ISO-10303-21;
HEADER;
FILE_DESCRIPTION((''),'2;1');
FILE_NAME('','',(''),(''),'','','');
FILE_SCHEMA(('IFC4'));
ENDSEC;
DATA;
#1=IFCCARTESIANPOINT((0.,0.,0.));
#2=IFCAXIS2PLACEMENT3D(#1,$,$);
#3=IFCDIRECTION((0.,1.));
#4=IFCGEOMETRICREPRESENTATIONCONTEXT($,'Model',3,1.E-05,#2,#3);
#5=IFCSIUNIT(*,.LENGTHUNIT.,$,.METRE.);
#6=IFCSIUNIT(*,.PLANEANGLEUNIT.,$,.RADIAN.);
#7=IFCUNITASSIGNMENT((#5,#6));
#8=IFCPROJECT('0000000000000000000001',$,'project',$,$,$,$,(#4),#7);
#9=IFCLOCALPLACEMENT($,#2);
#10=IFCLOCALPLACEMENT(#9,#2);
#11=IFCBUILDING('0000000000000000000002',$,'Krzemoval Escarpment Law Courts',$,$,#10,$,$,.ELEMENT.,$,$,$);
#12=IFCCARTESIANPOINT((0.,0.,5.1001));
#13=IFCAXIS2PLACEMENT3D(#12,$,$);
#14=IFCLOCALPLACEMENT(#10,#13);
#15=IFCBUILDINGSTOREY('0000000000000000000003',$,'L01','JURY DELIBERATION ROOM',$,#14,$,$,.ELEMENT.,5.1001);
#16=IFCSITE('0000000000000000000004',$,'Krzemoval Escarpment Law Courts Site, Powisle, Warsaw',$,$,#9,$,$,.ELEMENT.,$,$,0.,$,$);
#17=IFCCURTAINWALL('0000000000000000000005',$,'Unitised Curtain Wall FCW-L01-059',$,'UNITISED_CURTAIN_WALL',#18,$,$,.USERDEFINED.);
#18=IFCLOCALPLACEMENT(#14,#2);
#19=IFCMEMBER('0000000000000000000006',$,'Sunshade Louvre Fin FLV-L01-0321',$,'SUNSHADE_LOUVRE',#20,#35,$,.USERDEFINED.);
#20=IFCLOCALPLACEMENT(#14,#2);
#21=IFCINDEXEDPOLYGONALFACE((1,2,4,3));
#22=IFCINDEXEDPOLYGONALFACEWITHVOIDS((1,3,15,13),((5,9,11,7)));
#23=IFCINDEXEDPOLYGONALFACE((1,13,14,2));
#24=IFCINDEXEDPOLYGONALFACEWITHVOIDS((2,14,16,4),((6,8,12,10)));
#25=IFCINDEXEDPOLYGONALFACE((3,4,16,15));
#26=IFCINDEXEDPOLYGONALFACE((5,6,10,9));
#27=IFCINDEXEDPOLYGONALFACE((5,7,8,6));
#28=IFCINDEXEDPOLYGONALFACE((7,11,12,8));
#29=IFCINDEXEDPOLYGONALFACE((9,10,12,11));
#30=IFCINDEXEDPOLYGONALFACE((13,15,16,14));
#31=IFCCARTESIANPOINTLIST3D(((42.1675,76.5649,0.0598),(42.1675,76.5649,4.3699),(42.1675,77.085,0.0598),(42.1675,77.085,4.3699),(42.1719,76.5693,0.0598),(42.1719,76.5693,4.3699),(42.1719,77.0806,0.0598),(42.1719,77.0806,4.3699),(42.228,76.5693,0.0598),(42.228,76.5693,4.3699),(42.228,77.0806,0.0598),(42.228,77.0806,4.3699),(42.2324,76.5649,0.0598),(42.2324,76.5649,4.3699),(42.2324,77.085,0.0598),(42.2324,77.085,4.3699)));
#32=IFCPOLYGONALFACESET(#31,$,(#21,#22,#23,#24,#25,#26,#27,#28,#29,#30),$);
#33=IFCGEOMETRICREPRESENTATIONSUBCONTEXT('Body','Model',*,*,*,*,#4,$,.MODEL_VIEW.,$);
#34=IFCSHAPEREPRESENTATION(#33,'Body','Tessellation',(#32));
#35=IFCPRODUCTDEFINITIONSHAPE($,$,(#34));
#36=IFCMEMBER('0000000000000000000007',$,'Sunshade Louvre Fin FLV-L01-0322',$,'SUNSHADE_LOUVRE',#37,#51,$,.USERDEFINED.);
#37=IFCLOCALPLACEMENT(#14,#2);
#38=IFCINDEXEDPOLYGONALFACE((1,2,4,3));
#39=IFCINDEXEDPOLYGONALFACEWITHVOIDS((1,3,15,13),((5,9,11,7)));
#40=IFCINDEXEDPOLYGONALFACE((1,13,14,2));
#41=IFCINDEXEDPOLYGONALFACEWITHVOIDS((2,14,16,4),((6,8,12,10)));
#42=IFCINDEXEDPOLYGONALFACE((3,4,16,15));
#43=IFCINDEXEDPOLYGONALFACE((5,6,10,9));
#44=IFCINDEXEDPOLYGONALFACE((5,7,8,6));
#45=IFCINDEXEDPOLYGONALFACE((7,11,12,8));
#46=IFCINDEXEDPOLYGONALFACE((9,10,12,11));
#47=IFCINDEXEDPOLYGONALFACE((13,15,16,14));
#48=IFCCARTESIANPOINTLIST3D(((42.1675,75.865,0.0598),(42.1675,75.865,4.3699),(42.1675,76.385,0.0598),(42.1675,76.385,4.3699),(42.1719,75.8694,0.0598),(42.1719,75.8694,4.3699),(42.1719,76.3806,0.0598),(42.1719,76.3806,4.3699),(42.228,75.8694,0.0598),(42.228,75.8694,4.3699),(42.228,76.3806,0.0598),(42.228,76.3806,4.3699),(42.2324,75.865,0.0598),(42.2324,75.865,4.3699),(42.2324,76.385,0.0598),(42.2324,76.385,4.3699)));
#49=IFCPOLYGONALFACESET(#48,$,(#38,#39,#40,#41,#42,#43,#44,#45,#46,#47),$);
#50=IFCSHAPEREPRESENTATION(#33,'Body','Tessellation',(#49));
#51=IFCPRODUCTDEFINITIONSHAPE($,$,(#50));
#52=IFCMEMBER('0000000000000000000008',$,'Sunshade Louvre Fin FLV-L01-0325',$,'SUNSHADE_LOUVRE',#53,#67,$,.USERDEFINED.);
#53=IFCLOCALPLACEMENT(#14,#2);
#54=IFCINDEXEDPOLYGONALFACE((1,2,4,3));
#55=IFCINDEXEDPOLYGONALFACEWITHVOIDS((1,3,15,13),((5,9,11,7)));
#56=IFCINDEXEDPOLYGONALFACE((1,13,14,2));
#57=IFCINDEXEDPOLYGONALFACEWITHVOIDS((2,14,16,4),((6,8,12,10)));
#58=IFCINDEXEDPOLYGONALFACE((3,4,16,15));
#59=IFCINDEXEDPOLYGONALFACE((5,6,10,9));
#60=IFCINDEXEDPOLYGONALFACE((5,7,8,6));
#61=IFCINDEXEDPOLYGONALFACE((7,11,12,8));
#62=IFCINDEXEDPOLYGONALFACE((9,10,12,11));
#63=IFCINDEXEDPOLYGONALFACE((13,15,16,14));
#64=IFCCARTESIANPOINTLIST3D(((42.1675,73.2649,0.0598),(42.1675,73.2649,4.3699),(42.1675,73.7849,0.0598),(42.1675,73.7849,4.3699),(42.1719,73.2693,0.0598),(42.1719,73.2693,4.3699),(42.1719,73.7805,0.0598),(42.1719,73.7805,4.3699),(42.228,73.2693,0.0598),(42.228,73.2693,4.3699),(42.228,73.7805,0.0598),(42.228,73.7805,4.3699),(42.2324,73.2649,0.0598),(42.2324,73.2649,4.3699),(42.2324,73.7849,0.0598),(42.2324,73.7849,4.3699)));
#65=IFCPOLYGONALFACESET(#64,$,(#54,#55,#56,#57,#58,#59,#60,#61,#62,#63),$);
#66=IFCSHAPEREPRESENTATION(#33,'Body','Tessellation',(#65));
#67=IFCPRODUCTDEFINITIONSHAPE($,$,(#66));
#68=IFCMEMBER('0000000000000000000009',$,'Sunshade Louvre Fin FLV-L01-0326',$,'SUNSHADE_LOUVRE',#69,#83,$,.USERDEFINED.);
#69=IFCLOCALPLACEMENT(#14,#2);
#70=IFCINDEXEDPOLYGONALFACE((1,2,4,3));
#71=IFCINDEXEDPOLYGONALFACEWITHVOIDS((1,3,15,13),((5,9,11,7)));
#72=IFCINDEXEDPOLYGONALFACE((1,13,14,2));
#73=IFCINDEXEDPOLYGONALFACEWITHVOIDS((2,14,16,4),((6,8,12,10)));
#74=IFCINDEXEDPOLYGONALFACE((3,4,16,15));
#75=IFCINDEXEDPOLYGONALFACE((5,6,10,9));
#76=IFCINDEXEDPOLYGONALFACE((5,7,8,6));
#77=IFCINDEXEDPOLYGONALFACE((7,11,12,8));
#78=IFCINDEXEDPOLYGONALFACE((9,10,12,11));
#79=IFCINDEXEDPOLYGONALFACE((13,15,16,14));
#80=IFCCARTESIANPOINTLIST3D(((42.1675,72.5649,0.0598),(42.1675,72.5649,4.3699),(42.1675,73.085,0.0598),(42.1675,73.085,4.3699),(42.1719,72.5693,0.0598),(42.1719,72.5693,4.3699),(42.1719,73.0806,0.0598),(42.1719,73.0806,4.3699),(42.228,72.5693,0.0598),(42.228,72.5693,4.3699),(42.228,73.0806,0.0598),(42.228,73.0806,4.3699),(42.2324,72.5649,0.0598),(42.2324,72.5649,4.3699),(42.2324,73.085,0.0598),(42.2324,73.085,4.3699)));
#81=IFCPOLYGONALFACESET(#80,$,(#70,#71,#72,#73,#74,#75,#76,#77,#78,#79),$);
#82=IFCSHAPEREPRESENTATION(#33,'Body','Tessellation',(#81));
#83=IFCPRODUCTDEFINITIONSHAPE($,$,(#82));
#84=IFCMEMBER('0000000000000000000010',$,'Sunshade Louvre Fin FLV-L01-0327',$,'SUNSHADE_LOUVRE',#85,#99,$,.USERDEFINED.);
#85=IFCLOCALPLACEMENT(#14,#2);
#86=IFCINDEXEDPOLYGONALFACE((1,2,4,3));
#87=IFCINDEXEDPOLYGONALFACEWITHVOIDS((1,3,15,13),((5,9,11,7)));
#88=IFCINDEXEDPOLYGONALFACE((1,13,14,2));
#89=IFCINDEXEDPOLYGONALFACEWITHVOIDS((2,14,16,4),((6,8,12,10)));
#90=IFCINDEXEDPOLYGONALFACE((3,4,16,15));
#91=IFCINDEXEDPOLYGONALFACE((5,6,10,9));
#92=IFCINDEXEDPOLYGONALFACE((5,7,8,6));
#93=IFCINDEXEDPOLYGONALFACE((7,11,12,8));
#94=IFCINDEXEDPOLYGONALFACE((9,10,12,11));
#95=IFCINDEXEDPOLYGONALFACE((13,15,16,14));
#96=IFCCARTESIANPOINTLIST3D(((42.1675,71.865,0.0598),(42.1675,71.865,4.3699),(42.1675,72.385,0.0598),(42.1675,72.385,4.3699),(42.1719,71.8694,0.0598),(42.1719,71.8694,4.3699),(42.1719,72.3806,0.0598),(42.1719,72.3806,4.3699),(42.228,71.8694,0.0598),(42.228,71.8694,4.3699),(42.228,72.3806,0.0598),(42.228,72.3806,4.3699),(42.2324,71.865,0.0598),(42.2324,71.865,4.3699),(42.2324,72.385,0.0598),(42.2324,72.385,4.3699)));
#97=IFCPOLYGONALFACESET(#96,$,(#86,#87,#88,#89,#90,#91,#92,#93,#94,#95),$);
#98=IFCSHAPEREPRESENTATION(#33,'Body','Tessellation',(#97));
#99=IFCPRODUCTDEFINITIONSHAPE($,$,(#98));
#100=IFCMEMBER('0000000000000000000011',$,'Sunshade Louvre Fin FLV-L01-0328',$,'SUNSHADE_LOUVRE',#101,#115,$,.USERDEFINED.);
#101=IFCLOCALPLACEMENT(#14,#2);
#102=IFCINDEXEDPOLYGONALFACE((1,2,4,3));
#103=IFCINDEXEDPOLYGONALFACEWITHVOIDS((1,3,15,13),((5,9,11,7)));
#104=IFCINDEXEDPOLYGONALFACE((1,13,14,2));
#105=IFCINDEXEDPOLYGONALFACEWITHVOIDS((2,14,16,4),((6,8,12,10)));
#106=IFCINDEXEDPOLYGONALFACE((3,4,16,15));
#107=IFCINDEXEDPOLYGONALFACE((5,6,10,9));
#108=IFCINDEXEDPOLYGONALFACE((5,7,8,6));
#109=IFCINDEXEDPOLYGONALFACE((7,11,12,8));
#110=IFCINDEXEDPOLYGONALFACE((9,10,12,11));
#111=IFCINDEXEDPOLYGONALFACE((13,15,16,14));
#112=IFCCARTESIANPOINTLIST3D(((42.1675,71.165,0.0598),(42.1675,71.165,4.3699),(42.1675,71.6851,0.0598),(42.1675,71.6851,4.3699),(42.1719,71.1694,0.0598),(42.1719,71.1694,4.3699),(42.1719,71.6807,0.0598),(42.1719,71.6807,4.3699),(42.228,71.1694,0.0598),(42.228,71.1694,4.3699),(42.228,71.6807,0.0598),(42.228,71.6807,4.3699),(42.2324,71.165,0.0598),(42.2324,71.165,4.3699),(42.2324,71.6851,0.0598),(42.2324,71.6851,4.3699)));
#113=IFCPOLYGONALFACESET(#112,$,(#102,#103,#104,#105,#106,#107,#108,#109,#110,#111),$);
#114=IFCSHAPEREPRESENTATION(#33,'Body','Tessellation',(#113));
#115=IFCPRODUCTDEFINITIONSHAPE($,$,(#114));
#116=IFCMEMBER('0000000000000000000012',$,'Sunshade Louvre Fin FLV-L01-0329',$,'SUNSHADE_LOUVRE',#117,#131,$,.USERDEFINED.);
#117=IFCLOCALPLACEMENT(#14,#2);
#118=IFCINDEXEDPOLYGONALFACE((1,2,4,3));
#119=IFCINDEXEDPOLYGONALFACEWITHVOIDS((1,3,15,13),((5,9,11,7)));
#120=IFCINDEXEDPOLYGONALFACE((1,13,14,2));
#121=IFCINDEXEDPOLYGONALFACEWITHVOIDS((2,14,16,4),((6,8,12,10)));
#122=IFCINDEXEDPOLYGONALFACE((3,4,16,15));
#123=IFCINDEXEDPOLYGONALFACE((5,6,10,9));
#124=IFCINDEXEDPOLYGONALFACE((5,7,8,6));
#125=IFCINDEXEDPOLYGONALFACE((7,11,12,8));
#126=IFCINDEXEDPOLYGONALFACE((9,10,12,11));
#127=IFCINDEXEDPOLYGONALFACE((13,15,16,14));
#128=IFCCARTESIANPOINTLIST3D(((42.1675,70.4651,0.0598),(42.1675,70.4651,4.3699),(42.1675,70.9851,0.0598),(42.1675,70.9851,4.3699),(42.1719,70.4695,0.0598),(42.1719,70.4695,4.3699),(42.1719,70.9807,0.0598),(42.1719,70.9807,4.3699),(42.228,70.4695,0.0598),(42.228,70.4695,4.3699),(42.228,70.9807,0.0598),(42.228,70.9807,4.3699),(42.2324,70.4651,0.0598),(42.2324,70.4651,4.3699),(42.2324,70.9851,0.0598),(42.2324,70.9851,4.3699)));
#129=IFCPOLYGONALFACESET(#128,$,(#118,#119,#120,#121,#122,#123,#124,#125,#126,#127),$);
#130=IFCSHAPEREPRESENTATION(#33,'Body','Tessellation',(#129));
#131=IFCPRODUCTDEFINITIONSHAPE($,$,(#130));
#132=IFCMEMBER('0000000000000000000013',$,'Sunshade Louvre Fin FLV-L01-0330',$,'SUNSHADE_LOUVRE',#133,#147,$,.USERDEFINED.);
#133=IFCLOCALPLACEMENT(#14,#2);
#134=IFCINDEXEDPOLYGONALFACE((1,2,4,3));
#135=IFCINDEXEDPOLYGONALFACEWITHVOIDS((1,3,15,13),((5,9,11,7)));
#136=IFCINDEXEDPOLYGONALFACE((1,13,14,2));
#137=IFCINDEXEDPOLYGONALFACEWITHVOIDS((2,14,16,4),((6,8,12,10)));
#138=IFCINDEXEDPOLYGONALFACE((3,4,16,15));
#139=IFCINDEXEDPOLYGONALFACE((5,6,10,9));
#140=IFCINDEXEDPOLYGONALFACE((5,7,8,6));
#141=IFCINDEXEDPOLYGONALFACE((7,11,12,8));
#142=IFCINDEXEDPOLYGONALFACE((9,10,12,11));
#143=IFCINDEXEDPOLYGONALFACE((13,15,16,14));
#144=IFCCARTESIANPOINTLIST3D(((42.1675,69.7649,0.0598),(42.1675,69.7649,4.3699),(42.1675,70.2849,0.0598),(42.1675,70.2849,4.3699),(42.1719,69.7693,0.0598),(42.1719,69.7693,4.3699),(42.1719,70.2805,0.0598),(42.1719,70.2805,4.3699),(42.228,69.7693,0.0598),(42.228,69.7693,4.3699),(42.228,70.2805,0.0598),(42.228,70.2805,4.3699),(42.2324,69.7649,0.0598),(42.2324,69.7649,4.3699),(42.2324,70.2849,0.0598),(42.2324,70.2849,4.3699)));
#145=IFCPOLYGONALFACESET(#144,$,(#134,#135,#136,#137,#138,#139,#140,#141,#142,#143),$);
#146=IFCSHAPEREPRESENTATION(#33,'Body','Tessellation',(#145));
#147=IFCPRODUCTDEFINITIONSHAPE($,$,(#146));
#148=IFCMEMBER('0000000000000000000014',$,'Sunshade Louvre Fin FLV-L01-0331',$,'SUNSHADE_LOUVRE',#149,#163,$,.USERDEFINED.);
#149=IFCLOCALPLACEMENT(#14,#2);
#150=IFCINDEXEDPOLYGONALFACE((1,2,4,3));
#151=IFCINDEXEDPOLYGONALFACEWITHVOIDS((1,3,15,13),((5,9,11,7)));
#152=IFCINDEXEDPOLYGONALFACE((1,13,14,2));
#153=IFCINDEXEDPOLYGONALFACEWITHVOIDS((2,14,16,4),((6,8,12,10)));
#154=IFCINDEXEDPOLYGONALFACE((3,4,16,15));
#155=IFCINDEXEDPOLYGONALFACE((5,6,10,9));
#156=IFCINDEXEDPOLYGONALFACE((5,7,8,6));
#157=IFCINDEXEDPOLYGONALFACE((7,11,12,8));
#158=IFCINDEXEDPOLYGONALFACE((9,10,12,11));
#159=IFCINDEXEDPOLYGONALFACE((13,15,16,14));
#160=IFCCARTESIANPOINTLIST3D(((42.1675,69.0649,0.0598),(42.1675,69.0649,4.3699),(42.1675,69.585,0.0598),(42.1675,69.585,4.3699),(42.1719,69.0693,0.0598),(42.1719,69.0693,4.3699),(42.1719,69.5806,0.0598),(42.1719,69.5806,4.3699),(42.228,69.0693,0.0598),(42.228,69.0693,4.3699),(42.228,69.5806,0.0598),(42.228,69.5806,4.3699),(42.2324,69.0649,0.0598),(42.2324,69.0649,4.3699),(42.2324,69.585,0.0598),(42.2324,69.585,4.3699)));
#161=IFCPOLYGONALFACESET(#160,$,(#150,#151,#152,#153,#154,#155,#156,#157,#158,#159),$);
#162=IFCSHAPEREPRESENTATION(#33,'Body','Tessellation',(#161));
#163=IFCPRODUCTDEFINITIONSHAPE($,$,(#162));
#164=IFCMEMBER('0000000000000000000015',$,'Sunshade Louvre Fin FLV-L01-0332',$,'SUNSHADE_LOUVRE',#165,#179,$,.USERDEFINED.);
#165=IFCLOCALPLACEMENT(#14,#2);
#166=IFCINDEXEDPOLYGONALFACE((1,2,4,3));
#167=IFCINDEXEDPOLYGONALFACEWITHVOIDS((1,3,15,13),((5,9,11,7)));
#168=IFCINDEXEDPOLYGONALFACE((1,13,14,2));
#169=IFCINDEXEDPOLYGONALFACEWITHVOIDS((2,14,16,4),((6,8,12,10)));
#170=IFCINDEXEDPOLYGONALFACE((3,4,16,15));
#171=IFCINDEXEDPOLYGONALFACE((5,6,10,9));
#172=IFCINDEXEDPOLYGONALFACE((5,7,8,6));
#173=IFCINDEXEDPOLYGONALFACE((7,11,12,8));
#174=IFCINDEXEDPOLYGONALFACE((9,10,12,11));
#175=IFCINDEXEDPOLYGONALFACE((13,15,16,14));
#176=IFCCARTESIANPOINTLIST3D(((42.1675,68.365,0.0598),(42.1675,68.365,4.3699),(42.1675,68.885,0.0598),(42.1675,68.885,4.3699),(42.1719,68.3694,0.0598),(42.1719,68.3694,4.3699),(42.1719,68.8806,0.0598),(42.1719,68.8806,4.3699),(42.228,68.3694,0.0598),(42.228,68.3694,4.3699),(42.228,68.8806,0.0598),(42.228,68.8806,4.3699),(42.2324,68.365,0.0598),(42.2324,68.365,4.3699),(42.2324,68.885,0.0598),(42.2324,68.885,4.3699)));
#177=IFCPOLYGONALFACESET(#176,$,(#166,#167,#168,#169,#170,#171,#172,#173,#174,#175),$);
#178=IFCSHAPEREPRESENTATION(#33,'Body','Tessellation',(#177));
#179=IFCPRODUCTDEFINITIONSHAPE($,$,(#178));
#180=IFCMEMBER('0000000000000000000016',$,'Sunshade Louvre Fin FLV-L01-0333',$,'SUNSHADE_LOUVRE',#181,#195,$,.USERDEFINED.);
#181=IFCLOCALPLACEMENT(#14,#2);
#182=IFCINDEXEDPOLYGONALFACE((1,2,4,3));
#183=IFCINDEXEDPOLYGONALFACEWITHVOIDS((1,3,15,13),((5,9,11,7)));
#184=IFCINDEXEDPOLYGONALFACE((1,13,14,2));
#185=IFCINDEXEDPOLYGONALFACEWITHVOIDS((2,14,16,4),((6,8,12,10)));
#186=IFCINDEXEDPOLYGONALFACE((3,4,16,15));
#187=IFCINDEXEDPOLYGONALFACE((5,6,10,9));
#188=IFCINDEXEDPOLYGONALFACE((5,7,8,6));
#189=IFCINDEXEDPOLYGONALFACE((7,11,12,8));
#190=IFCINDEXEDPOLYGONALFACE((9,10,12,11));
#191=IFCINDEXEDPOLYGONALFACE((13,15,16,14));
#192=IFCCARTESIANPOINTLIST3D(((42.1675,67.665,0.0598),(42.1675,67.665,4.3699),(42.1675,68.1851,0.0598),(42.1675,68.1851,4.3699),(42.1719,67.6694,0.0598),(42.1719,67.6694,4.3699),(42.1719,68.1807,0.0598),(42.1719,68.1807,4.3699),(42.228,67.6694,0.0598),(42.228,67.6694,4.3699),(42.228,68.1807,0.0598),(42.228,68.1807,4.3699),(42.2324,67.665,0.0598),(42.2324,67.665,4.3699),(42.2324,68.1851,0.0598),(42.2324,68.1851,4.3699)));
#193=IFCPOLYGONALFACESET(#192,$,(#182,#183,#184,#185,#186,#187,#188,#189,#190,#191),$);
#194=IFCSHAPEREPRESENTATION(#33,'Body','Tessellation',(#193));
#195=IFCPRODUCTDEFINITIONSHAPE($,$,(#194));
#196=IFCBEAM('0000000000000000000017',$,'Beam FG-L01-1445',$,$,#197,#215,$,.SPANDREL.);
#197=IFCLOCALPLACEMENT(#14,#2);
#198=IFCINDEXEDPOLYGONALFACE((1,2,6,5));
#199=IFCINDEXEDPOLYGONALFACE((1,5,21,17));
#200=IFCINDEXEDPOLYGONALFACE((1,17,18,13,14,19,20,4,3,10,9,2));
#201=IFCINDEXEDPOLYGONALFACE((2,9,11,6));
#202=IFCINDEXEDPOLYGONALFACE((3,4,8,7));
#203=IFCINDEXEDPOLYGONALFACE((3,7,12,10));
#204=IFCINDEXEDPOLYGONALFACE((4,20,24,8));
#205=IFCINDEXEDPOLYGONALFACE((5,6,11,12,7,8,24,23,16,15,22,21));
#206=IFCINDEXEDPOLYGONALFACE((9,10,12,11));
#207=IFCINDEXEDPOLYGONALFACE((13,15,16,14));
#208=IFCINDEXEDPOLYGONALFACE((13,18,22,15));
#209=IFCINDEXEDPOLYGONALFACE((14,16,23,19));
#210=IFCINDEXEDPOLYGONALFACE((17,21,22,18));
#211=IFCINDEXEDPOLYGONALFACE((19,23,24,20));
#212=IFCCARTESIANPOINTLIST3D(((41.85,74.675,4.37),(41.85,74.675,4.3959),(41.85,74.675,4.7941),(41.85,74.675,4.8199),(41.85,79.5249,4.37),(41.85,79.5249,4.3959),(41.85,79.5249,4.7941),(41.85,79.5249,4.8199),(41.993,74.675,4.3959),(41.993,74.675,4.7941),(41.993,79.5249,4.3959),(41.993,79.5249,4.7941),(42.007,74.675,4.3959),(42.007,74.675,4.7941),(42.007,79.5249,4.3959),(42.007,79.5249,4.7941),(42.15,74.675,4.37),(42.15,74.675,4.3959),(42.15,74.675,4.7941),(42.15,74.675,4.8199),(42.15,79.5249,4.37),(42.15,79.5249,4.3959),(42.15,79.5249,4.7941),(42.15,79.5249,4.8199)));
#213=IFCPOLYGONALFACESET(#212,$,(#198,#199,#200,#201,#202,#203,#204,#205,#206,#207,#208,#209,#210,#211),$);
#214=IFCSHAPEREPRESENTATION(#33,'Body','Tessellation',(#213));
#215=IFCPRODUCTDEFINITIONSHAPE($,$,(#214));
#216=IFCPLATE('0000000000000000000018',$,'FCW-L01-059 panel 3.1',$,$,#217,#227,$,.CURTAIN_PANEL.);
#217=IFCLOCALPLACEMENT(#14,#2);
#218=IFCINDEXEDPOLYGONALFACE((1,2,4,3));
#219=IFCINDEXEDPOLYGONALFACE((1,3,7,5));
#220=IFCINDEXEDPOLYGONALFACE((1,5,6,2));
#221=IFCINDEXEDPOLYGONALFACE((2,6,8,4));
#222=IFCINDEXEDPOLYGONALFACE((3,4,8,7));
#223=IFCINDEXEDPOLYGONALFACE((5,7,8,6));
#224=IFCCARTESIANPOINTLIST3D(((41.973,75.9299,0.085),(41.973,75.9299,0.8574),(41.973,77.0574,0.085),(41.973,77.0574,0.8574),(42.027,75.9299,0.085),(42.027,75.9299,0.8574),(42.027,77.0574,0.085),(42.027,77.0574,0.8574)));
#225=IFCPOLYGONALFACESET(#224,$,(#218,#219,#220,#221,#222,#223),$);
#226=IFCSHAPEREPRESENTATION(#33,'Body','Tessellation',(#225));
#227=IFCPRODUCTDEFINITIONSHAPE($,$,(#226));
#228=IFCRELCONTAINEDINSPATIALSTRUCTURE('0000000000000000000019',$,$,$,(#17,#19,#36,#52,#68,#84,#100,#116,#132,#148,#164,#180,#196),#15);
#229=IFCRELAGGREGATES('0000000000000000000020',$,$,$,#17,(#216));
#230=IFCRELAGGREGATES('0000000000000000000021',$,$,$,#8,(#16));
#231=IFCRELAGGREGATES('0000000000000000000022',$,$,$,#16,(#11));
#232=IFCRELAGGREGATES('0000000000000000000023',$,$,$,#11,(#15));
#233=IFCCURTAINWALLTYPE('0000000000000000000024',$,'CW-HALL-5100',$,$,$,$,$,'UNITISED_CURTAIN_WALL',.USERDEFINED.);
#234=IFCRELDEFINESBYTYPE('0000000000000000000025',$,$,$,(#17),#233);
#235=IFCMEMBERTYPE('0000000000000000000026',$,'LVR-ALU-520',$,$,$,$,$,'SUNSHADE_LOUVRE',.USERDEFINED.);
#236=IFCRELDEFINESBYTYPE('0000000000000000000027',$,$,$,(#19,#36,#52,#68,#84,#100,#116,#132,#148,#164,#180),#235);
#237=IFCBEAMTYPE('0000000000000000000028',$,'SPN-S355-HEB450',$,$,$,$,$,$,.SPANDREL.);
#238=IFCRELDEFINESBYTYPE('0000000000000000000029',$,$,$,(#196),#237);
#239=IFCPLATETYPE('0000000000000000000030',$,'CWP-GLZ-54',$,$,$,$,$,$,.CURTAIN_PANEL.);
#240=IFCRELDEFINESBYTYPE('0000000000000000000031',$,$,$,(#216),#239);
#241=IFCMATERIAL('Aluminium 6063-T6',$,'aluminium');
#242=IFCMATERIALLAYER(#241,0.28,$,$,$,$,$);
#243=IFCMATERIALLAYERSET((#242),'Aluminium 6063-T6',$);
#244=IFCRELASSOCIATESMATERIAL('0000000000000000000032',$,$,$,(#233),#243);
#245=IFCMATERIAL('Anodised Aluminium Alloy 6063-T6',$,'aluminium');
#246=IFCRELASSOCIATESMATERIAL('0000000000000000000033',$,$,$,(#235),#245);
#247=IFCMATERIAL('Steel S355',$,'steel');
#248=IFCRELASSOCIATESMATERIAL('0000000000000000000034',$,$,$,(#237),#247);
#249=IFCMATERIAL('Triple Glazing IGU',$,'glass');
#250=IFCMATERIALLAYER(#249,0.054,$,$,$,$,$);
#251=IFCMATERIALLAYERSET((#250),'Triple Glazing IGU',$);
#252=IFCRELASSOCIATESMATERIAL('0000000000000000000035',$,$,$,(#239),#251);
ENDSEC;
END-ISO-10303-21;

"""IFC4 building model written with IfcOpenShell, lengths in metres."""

from ifc_helpers import new_model, si_unit, direction, frame, origin, origin_2d, place, context, subcontext, project, spatial, rectangle, hollow_rectangle, i_section, extrude, material, layer, layer_set, material_profile, profile_set, type_object, element, aggregate, save


model = new_model("IFC4")

# Units and contexts
model_context = context("Model", 3, precision=1e-05, world=origin(), true_north=direction((0.0, 1.0)))
body_context = subcontext(model_context, "Body", "Model", "MODEL_VIEW")
ifc_project = project(units=[si_unit("LENGTHUNIT", "METRE"), si_unit("PLANEANGLEUNIT", "RADIAN")], contexts=[model_context])

# Site, building, storey
site_placement = place(None, origin())
site = spatial("IfcSite", under=ifc_project, at=site_placement, Name="Krzemoval Escarpment Law Courts Site, Powisle, Warsaw", CompositionType="ELEMENT", RefElevation=0.0)
building_placement = place(site_placement, origin())
building = spatial("IfcBuilding", under=site, at=building_placement, Name="Krzemoval Escarpment Law Courts", CompositionType="ELEMENT")
storey_placement = place(building_placement, frame((0.0, 0.0, 5.1001)))
storey = spatial("IfcBuildingStorey", under=building, at=storey_placement, Name="L01", Description="JURY DELIBERATION ROOM", CompositionType="ELEMENT", Elevation=5.1001)

# Curtain wall
ifc_material_1 = material(Name="Aluminium 6063-T6", Category="aluminium")
ifc_layer_1 = layer(ifc_material_1, 0.28)
ifc_layer_set_1 = layer_set([ifc_layer_1], Name="Aluminium 6063-T6")
curtain_wall_type = type_object("IfcCurtainWallType", Name="CW-HALL-5100", ElementType="UNITISED_CURTAIN_WALL", PredefinedType="USERDEFINED", material=ifc_layer_set_1)
curtain_wall_1_placement = place(storey_placement, origin())
curtain_wall_1 = element("IfcCurtainWall", 1, at=curtain_wall_1_placement, inside=storey, type_object=curtain_wall_type, Name="Unitised Curtain Wall FCW-L01-059", ObjectType="UNITISED_CURTAIN_WALL", PredefinedType="USERDEFINED")

# Members
ifc_material_2 = material(Name="Anodised Aluminium Alloy 6063-T6", Category="aluminium")
ifc_material_profile_1 = material_profile(ifc_material_2, hollow_rectangle(XDim=0.0649, YDim=0.52, WallThickness=0.0044, at=origin_2d()), Name="ALU LVR 65x520")
ifc_profile_set_1 = profile_set([ifc_material_profile_1], Name="Anodised Aluminium Alloy 6063-T6")
member_type_1 = type_object("IfcMemberType", Name="LVR-ALU-520", ElementType="SUNSHADE_LOUVRE", PredefinedType="USERDEFINED", material=ifc_profile_set_1)
for number, where, z_axis, x_axis, name in (
    (2, (42.2, 76.825, 0.0598), (0.0, 0.0, 1.0), (1.0, 0.0, 0.0), "Sunshade Louvre Fin FLV-L01-0321"),
    (3, (42.2, 76.125, 0.0598), (0.0, 0.0, 1.0), (1.0, 0.0, 0.0), "Sunshade Louvre Fin FLV-L01-0322"),
    (4, (42.2, 73.5249, 0.0598), (0.0, 0.0, 1.0), (1.0, 0.0, 0.0), "Sunshade Louvre Fin FLV-L01-0325"),
    (5, (42.2, 72.825, 0.0598), (0.0, 0.0, 1.0), (1.0, 0.0, 0.0), "Sunshade Louvre Fin FLV-L01-0326"),
    (6, (42.2, 72.125, 0.0598), (0.0, 0.0, 1.0), (1.0, 0.0, 0.0), "Sunshade Louvre Fin FLV-L01-0327"),
    (7, (42.2, 71.425, 0.0598), (0.0, 0.0, 1.0), (1.0, 0.0, 0.0), "Sunshade Louvre Fin FLV-L01-0328"),
    (8, (42.2, 70.7251, 0.0598), (0.0, 0.0, 1.0), (1.0, 0.0, 0.0), "Sunshade Louvre Fin FLV-L01-0329"),
    (9, (42.2, 70.0249, 0.0598), (0.0, 0.0, 1.0), (1.0, 0.0, 0.0), "Sunshade Louvre Fin FLV-L01-0330"),
    (10, (42.2, 69.325, 0.0598), (0.0, 0.0, 1.0), (1.0, 0.0, 0.0), "Sunshade Louvre Fin FLV-L01-0331"),
    (11, (42.2, 68.625, 0.0598), (0.0, 0.0, 1.0), (1.0, 0.0, 0.0), "Sunshade Louvre Fin FLV-L01-0332"),
    (12, (42.2, 67.925, 0.0598), (0.0, 0.0, 1.0), (1.0, 0.0, 0.0), "Sunshade Louvre Fin FLV-L01-0333"),
):
    element("IfcMember", number, at=place(storey_placement, frame(where, z_axis=z_axis, x_axis=x_axis)), inside=storey, type_object=member_type_1, Name=name, ObjectType="SUNSHADE_LOUVRE", PredefinedType="USERDEFINED", context=body_context, shape_type="SweptSolid", body=[
        extrude(hollow_rectangle(XDim=0.0649, YDim=0.52, WallThickness=0.0044, at=origin_2d()), origin(), (0.0, 0.0, 1.0), 4.3101),
    ])

# Beam
ifc_material_3 = material(Name="Steel S355", Category="steel")
ifc_material_profile_2 = material_profile(ifc_material_3, i_section(OverallWidth=0.3, OverallDepth=0.45, WebThickness=0.0139, FlangeThickness=0.0259, at=origin_2d()), Name="HEB 450")
ifc_profile_set_2 = profile_set([ifc_material_profile_2], Name="Steel S355")
beam_type = type_object("IfcBeamType", Name="SPN-S355-HEB450", PredefinedType="SPANDREL", material=ifc_profile_set_2)
beam_placement = place(storey_placement, frame((42.0, 74.675, 4.595), z_axis=(0.0, 1.0, 0.0), x_axis=(-1.0, 0.0, 0.0)))
element("IfcBeam", 13, at=beam_placement, inside=storey, type_object=beam_type, Name="Beam FG-L01-1445", PredefinedType="SPANDREL", context=body_context, shape_type="SweptSolid", body=[
    extrude(i_section(OverallWidth=0.3, OverallDepth=0.45, WebThickness=0.0139, FlangeThickness=0.0259, at=origin_2d()), origin(), (0.0, 0.0, 1.0), 4.8499),
])

# Plate
ifc_material_4 = material(Name="Triple Glazing IGU", Category="glass")
ifc_layer_2 = layer(ifc_material_4, 0.054)
ifc_layer_set_2 = layer_set([ifc_layer_2], Name="Triple Glazing IGU")
plate_type = type_object("IfcPlateType", Name="CWP-GLZ-54", PredefinedType="CURTAIN_PANEL", material=ifc_layer_set_2)
plate_1_placement = place(storey_placement, frame((42.0, 76.4937, 0.085), z_axis=(0.0, 0.0, 1.0), x_axis=(0.0, -1.0, 0.0)))
plate_1 = element("IfcPlate", 14, at=plate_1_placement, type_object=plate_type, Name="FCW-L01-059 panel 3.1", PredefinedType="CURTAIN_PANEL", context=body_context, shape_type="SweptSolid", body=[
    extrude(rectangle(XDim=1.1274, YDim=0.054, at=origin_2d()), origin(), (0.0, 0.0, 1.0), 0.7725),
])
aggregate(curtain_wall_1, [plate_1])

save(model, "model.ifc")
